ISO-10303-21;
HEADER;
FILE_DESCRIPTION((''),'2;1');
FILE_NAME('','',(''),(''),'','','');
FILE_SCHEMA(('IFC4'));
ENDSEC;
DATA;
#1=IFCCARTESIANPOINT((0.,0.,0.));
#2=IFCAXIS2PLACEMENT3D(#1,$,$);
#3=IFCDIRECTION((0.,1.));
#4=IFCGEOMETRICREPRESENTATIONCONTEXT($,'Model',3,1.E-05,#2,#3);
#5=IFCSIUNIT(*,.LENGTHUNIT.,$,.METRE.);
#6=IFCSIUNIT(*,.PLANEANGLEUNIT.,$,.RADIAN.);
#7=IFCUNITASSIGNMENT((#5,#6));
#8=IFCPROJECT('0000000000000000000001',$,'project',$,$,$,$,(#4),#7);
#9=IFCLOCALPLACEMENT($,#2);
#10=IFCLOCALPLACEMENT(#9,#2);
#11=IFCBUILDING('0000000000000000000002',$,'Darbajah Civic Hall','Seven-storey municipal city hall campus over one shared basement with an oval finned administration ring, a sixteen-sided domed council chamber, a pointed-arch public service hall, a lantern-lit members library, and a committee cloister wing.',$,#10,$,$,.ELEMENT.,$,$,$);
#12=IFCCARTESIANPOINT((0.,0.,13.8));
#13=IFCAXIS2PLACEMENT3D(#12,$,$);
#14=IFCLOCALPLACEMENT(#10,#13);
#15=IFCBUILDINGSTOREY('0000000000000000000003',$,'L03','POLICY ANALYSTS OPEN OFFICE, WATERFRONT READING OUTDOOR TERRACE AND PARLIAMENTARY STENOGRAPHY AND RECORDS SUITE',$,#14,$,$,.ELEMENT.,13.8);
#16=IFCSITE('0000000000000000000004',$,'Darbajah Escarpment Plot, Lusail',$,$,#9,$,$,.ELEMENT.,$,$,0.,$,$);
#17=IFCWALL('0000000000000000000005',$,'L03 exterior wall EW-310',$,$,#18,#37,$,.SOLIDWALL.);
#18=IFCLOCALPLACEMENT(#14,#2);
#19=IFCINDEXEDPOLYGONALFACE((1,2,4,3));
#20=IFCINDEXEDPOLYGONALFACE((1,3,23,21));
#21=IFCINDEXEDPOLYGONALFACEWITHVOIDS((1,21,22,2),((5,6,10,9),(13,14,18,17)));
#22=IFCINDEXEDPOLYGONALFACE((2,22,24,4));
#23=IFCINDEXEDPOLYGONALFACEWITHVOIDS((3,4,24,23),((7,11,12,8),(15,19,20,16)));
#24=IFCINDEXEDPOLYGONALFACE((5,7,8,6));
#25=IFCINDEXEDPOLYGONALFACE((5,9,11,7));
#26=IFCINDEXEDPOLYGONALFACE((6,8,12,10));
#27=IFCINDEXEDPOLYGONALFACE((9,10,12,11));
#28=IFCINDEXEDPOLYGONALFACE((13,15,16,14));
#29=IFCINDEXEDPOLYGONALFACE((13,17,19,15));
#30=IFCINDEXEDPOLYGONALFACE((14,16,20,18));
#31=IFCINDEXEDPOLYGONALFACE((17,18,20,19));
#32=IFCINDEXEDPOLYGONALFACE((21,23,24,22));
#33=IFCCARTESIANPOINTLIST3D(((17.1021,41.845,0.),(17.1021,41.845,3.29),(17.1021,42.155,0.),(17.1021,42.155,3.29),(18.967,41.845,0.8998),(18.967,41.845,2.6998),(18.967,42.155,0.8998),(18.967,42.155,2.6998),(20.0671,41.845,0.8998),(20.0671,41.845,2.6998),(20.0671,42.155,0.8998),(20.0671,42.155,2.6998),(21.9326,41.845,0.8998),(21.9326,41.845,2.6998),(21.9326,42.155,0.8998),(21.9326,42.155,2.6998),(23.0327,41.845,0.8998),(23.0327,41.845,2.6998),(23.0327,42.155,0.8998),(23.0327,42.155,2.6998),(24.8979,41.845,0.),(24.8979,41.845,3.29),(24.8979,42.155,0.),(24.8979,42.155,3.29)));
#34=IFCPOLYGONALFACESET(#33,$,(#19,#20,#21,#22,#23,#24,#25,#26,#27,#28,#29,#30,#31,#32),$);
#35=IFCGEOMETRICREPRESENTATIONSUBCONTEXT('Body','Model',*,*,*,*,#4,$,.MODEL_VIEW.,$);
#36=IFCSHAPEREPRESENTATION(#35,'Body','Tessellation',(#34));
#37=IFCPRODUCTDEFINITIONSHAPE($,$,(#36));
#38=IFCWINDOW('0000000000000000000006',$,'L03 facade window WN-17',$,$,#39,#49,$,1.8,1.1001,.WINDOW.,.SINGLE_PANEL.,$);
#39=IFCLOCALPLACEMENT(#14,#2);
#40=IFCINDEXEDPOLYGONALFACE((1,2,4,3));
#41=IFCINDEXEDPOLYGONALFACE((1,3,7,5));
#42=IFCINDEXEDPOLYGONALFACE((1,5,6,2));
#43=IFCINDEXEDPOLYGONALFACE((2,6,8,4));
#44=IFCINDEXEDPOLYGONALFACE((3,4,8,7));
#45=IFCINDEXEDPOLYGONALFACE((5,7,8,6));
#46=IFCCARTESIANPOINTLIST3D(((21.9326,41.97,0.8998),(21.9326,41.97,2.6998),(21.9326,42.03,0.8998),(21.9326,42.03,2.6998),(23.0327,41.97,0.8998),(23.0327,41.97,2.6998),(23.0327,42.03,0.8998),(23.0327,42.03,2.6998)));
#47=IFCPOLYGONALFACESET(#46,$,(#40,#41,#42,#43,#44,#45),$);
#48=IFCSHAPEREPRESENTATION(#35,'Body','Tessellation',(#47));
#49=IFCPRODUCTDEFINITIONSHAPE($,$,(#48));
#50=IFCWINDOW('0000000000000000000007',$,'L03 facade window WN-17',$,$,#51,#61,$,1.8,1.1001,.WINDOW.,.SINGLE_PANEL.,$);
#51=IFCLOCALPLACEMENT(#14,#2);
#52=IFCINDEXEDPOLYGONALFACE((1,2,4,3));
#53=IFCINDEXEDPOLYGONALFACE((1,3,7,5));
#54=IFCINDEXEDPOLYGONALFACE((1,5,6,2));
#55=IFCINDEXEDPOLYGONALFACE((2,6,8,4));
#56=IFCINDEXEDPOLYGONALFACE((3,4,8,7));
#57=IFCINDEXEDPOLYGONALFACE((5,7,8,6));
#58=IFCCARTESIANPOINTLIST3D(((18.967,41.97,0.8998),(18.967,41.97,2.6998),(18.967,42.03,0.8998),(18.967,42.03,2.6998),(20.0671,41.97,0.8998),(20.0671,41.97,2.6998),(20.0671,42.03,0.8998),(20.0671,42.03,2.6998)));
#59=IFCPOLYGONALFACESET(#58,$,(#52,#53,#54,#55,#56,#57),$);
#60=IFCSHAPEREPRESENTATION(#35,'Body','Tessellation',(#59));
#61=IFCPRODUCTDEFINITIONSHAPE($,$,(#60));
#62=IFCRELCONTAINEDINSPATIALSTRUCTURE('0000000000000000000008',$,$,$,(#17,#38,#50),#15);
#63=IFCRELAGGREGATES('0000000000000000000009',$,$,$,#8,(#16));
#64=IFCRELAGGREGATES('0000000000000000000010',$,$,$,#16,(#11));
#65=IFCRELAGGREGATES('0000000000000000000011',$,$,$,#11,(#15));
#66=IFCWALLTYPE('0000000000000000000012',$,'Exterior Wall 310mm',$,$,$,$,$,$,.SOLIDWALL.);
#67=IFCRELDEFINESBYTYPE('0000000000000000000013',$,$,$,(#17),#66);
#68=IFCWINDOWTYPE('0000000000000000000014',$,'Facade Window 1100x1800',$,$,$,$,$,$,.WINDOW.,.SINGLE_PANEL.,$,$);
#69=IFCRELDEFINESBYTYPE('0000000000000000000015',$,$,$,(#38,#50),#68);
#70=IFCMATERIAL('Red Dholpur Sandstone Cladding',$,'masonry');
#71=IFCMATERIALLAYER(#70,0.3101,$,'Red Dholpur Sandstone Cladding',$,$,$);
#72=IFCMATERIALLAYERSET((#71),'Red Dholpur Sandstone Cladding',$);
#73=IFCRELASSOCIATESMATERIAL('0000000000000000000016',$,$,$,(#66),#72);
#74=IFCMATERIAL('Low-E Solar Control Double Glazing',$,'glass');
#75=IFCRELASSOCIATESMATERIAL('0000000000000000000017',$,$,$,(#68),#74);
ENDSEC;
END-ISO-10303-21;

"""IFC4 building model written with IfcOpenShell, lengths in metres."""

from ifc_helpers import new_model, si_unit, direction, frame, frame_2d, origin, place, context, subcontext, project, spatial, rectangle, extrude, material, layer, layer_set, type_object, element, fill, save


model = new_model("IFC4")

# Units and contexts
model_context = context("Model", 3, precision=1e-05, world=origin(), true_north=direction((0.0, 1.0)))
body_context = subcontext(model_context, "Body", "Model", "MODEL_VIEW")
ifc_project = project(units=[si_unit("LENGTHUNIT", "METRE"), si_unit("PLANEANGLEUNIT", "RADIAN")], contexts=[model_context])

# Site, building, storey
site_placement = place(None, origin())
site = spatial("IfcSite", under=ifc_project, at=site_placement, Name="Darbajah Escarpment Plot, Lusail", CompositionType="ELEMENT", RefElevation=0.0)
building_placement = place(site_placement, origin())
building = spatial("IfcBuilding", under=site, at=building_placement, Name="Darbajah Civic Hall", Description="Seven-storey municipal city hall campus over one shared basement with an oval finned administration ring, a sixteen-sided domed council chamber, a pointed-arch public service hall, a lantern-lit members library, and a committee cloister wing.", CompositionType="ELEMENT")
storey_placement = place(building_placement, frame((0.0, 0.0, 13.8)))
storey = spatial("IfcBuildingStorey", under=building, at=storey_placement, Name="L03", Description="POLICY ANALYSTS OPEN OFFICE, WATERFRONT READING OUTDOOR TERRACE AND PARLIAMENTARY STENOGRAPHY AND RECORDS SUITE", CompositionType="ELEMENT", Elevation=13.8)

# Wall, openings, windows
ifc_material_1 = material(Name="Red Dholpur Sandstone Cladding", Category="masonry")
ifc_layer = layer(ifc_material_1, 0.3101, Name="Red Dholpur Sandstone Cladding")
ifc_layer_set = layer_set([ifc_layer], Name="Red Dholpur Sandstone Cladding")
wall_type = type_object("IfcWallType", Name="Exterior Wall 310mm", PredefinedType="SOLIDWALL", material=ifc_layer_set)
ifc_material_2 = material(Name="Low-E Solar Control Double Glazing", Category="glass")
window_type_1 = type_object("IfcWindowType", Name="Facade Window 1100x1800", PartitioningType="SINGLE_PANEL", PredefinedType="WINDOW", material=ifc_material_2)
wall_1_placement = place(storey_placement, frame((24.8979, 42.0, 0.0), z_axis=(0.0, 0.0, 1.0), x_axis=(-1.0, 0.0, 0.0)))
wall_1 = element("IfcWall", 1, at=wall_1_placement, inside=storey, type_object=wall_type, Name="L03 exterior wall EW-310", PredefinedType="SOLIDWALL", context=body_context, shape_type="SweptSolid", body=[
    extrude(rectangle(XDim=7.7959, YDim=0.3101, at=frame_2d((3.8979, 0.0))), origin(), (0.0, 0.0, 1.0), 3.29),
])
opening_1_placement = place(wall_1_placement, frame((1.8652, 0.0, 0.8999)))
opening_1 = element("IfcOpeningElement", 2, at=opening_1_placement, cuts=wall_1, PredefinedType="OPENING", context=body_context, shape_type="SweptSolid", body=[
    extrude(rectangle(XDim=1.1001, YDim=1.8, at=frame_2d((0.55, 0.8999))), frame((0.0, 0.165, 0.0), z_axis=(0.0, -1.0, 0.0), x_axis=(1.0, 0.0, 0.0)), (0.0, 0.0, 1.0), 0.3301),
])
opening_2_placement = place(wall_1_placement, frame((4.8308, 0.0, 0.8999)))
opening_2 = element("IfcOpeningElement", 3, at=opening_2_placement, cuts=wall_1, PredefinedType="OPENING", context=body_context, shape_type="SweptSolid", body=[
    extrude(rectangle(XDim=1.1001, YDim=1.8, at=frame_2d((0.55, 0.8999))), frame((0.0, 0.165, 0.0), z_axis=(0.0, -1.0, 0.0), x_axis=(1.0, 0.0, 0.0)), (0.0, 0.0, 1.0), 0.3301),
])
window_1_placement = place(opening_1_placement, origin())
window_1 = element("IfcWindow", 4, at=window_1_placement, inside=storey, type_object=window_type_1, Name="L03 facade window WN-17", OverallHeight=1.8, OverallWidth=1.1001, PartitioningType="SINGLE_PANEL", PredefinedType="WINDOW", context=body_context, shape_type="SweptSolid", body=[
    extrude(rectangle(XDim=1.1001, YDim=1.8, at=frame_2d((0.55, 0.8999))), frame((0.0, 0.03, 0.0), z_axis=(0.0, -1.0, 0.0), x_axis=(1.0, 0.0, 0.0)), (0.0, 0.0, 1.0), 0.0601),
])
fill(opening_1, window_1)
window_2_placement = place(opening_2_placement, origin())
window_2 = element("IfcWindow", 5, at=window_2_placement, inside=storey, type_object=window_type_1, Name="L03 facade window WN-17", OverallHeight=1.8, OverallWidth=1.1001, PartitioningType="SINGLE_PANEL", PredefinedType="WINDOW", context=body_context, shape_type="SweptSolid", body=[
    extrude(rectangle(XDim=1.1001, YDim=1.8, at=frame_2d((0.55, 0.8999))), frame((0.0, 0.03, 0.0), z_axis=(0.0, -1.0, 0.0), x_axis=(1.0, 0.0, 0.0)), (0.0, 0.0, 1.0), 0.0601),
])
fill(opening_2, window_2)

save(model, "model.ifc")
